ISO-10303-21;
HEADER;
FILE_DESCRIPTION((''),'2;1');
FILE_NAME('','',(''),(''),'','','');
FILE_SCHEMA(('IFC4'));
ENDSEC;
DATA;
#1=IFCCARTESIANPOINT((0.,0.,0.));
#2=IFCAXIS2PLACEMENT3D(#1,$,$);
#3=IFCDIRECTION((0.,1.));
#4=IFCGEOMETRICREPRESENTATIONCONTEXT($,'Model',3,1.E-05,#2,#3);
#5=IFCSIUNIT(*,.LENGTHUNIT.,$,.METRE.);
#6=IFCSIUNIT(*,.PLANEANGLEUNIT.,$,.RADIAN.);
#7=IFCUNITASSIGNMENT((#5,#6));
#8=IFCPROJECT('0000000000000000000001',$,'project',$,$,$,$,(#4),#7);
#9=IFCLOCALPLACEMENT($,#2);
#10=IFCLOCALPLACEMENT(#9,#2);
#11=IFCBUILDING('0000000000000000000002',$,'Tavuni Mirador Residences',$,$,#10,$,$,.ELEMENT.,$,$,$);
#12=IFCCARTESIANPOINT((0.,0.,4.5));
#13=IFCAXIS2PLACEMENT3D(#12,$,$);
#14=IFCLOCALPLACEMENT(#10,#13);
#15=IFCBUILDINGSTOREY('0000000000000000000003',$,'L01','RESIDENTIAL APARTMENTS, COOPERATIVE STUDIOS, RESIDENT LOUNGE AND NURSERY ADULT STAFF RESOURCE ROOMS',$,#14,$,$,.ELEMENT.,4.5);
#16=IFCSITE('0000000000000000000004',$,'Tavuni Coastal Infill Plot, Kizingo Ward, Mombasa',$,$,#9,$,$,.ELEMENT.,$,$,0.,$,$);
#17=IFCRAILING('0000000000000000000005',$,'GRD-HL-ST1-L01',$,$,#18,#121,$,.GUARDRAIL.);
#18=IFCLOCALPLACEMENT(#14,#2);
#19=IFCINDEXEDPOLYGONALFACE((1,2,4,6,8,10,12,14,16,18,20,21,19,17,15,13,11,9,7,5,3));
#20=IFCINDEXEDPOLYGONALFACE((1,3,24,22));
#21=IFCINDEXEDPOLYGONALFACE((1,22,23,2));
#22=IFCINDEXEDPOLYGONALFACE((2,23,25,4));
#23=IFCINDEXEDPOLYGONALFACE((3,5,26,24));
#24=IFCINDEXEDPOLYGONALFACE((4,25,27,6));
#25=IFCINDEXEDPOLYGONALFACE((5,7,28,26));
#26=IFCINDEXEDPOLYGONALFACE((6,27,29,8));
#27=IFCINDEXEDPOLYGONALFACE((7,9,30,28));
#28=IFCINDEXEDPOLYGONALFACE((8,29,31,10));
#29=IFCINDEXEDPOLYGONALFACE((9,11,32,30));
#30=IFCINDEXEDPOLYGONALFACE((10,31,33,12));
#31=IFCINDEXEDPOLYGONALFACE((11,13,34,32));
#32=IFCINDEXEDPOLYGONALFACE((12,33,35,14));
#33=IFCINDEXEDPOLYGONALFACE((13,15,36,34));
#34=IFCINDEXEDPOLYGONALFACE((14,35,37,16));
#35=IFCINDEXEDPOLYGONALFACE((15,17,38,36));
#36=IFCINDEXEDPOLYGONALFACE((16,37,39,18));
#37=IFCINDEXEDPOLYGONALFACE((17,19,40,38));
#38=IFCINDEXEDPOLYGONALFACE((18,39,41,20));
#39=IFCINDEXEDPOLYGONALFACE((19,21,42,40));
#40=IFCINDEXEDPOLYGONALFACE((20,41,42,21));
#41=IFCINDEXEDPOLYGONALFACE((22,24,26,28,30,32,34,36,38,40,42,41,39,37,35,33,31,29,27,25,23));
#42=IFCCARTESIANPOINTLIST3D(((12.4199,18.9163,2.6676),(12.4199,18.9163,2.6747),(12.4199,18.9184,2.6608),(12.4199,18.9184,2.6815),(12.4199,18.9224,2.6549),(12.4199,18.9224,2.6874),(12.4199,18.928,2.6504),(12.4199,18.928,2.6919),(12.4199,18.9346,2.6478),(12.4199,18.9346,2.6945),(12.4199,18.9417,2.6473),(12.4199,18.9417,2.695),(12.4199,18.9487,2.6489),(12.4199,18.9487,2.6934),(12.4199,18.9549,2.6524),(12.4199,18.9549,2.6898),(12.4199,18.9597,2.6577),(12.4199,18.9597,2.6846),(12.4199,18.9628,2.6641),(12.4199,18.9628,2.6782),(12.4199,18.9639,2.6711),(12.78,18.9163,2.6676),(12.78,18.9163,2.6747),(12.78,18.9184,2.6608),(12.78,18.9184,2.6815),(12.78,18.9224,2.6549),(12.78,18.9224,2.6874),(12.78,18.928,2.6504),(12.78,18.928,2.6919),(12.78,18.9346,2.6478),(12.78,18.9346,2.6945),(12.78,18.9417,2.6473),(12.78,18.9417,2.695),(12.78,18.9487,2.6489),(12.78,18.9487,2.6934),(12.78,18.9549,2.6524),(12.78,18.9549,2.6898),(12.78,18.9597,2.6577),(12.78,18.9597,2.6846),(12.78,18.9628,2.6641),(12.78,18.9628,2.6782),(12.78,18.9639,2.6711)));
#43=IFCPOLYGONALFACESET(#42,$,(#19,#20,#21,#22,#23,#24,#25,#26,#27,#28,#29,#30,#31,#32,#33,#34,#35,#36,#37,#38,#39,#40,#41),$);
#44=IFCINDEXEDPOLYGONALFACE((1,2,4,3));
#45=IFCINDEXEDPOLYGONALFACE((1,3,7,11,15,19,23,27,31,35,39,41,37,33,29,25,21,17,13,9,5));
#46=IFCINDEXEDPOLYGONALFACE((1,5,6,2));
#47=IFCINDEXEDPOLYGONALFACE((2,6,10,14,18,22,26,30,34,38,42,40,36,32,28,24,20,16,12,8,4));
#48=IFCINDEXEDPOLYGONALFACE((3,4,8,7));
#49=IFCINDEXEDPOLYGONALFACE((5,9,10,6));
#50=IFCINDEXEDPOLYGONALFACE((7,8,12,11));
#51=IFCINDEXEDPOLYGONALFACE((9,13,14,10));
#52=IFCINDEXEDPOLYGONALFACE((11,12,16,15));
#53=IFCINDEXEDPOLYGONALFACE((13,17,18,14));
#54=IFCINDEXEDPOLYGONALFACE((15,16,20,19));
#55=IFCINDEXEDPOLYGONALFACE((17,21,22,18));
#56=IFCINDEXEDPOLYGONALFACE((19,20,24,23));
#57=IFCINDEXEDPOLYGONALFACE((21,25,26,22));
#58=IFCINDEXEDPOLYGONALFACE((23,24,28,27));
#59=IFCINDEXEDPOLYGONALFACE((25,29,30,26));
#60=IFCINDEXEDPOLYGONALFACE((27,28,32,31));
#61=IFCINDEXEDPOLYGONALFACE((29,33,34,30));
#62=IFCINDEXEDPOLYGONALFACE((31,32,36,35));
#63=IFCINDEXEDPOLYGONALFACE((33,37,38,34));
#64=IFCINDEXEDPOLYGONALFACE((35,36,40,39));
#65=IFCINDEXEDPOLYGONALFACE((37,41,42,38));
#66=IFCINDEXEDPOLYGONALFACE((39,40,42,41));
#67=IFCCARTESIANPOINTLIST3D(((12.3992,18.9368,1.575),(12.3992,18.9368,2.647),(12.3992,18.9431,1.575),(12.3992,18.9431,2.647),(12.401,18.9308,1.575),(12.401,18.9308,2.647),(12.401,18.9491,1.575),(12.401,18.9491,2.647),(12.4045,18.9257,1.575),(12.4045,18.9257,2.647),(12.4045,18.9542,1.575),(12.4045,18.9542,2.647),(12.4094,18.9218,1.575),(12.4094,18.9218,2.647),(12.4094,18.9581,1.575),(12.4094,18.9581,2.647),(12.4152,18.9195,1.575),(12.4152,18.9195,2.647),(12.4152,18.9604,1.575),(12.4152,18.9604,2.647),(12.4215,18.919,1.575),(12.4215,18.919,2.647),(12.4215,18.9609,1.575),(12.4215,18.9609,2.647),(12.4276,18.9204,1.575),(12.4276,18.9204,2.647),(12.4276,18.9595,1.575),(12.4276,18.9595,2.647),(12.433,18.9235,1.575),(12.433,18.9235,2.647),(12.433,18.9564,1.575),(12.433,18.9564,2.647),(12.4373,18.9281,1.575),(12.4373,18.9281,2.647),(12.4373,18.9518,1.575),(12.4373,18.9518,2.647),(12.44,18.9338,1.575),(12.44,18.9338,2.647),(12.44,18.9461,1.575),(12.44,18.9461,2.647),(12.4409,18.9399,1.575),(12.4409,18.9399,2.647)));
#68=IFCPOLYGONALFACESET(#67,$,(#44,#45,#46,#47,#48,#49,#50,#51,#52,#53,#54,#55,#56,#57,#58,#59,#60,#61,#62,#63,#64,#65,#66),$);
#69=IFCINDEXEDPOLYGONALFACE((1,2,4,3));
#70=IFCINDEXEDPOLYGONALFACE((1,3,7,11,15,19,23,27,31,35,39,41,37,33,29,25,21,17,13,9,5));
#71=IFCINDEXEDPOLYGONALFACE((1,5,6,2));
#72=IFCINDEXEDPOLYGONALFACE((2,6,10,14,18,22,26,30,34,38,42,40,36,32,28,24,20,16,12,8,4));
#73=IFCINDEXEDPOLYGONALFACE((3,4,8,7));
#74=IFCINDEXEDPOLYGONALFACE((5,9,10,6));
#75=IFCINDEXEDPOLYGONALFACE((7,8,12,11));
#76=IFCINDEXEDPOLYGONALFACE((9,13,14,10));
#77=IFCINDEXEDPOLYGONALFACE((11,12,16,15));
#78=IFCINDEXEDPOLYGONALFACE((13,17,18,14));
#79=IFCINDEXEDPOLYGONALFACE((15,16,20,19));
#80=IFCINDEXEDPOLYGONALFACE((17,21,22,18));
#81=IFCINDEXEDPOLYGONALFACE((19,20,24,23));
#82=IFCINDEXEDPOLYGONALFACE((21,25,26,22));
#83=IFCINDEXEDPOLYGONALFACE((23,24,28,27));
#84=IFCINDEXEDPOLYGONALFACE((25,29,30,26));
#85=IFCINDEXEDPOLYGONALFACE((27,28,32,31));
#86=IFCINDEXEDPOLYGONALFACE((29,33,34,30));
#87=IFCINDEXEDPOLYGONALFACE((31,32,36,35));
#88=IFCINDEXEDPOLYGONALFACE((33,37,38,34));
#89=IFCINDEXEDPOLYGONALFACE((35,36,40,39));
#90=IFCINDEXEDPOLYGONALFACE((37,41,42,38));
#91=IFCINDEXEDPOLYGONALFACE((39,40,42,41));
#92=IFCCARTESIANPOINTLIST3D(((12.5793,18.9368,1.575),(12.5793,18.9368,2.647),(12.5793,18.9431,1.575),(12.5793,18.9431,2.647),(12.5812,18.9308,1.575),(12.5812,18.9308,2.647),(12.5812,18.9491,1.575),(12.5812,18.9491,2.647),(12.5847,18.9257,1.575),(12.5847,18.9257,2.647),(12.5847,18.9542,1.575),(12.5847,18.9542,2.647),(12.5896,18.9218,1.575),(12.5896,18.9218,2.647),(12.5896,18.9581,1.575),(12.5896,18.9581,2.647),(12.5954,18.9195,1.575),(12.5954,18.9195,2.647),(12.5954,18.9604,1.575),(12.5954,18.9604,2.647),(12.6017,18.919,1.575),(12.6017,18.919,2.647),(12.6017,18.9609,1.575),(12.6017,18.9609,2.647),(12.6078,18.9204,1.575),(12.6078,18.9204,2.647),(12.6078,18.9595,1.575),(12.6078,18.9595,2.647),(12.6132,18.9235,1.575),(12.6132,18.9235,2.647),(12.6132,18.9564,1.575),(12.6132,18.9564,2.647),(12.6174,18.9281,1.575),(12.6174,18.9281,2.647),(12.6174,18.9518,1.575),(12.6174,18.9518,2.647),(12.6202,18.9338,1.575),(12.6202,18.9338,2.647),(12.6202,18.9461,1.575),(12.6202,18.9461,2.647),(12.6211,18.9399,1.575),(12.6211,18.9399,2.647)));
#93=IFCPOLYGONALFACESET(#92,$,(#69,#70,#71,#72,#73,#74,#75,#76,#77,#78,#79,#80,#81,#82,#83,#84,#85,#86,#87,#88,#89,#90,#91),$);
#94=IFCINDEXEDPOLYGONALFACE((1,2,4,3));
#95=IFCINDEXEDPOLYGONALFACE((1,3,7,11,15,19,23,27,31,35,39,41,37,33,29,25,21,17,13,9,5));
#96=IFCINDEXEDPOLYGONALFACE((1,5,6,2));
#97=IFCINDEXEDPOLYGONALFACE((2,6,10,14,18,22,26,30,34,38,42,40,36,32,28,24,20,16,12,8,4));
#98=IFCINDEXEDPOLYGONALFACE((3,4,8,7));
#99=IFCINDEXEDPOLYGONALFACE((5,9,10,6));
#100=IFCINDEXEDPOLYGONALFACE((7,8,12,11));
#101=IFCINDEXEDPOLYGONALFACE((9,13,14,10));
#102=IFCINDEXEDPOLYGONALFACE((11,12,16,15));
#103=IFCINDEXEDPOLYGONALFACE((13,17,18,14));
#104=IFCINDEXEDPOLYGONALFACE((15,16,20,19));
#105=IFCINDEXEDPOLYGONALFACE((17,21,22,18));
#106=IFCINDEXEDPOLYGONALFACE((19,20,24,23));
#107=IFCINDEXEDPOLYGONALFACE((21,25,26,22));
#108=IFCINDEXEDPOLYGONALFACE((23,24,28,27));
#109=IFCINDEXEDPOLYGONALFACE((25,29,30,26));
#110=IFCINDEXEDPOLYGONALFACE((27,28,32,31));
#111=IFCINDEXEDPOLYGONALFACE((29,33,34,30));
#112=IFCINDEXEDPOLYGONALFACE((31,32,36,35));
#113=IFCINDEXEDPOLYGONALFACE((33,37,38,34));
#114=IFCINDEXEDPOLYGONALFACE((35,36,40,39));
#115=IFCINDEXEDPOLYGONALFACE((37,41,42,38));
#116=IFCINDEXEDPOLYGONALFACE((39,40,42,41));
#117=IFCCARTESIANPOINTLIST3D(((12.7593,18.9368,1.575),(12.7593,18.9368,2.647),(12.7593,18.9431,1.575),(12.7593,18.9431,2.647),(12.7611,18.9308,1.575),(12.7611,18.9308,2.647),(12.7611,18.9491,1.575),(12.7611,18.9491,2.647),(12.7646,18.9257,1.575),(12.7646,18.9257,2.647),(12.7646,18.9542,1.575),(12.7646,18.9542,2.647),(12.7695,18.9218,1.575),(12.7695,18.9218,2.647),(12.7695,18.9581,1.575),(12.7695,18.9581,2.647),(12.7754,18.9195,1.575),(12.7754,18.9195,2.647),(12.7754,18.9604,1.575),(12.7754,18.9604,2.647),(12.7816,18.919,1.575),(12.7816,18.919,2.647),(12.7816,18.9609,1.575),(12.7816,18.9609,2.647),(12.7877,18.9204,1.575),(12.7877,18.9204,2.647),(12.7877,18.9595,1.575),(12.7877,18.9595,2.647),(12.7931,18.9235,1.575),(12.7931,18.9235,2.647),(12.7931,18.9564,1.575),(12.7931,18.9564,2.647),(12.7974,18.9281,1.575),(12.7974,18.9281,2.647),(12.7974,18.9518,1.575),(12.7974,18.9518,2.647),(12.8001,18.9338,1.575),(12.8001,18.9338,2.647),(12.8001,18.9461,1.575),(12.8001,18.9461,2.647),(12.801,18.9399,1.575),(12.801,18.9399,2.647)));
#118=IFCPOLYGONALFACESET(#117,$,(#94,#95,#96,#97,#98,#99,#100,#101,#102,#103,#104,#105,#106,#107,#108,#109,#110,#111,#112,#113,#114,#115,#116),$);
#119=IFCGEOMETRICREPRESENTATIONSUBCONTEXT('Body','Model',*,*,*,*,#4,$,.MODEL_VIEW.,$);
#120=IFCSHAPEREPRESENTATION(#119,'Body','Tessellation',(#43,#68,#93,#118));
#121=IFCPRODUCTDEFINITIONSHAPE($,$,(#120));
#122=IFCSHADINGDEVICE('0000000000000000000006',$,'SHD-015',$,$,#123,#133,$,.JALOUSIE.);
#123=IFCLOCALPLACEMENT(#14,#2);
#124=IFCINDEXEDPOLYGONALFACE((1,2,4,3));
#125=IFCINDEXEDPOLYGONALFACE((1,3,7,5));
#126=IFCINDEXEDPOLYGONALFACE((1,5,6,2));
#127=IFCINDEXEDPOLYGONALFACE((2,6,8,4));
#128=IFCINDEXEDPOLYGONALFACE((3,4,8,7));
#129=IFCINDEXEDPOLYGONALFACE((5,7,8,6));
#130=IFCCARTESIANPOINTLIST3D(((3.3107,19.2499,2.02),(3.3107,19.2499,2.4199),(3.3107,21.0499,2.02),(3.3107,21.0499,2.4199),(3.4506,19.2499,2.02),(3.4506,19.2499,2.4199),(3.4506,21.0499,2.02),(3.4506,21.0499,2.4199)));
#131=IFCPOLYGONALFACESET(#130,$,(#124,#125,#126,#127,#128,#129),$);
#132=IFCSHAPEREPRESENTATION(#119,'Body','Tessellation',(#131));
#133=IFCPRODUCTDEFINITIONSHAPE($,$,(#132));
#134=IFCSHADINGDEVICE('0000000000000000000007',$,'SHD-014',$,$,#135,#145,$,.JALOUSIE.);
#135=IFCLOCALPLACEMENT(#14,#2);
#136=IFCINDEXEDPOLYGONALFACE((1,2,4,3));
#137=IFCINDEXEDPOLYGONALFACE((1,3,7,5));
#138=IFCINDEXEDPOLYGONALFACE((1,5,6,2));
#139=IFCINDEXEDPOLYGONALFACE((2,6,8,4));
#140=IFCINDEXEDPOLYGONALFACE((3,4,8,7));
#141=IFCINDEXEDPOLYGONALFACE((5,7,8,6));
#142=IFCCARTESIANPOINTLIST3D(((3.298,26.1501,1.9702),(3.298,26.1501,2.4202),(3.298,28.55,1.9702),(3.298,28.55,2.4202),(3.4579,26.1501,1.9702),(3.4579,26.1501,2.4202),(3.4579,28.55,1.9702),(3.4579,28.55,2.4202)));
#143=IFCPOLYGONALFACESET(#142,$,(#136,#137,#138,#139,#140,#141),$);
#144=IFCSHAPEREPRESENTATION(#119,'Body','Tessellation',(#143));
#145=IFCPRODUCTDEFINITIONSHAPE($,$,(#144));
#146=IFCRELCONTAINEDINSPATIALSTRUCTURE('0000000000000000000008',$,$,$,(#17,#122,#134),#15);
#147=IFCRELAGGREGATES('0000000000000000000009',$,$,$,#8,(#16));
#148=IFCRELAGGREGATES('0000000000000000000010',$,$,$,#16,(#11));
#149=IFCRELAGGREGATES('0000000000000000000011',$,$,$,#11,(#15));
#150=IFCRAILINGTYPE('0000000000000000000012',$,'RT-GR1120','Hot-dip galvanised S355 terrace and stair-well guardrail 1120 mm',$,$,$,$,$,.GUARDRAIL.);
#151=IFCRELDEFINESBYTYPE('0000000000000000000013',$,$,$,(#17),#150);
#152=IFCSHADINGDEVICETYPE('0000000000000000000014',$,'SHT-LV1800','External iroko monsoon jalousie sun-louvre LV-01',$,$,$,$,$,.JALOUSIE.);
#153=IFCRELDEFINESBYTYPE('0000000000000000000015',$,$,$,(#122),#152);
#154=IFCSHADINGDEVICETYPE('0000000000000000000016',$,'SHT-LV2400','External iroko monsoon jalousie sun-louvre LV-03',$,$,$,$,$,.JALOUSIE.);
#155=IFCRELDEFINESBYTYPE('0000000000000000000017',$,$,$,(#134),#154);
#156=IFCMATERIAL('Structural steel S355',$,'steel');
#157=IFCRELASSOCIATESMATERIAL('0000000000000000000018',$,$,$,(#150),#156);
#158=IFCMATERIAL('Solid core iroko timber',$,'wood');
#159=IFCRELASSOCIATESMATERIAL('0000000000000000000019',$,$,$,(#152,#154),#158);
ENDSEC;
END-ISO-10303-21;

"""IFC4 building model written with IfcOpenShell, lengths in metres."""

from ifc_helpers import new_model, si_unit, direction, frame, origin, origin_2d, place, context, subcontext, project, spatial, rectangle, circle, extrude, material, type_object, element, save


model = new_model("IFC4")

# Units and contexts
model_context = context("Model", 3, precision=1e-05, world=origin(), true_north=direction((0.0, 1.0)))
body_context = subcontext(model_context, "Body", "Model", "MODEL_VIEW")
ifc_project = project(units=[si_unit("LENGTHUNIT", "METRE"), si_unit("PLANEANGLEUNIT", "RADIAN")], contexts=[model_context])

# Site, building, storey
site_placement = place(None, origin())
site = spatial("IfcSite", under=ifc_project, at=site_placement, Name="Tavuni Coastal Infill Plot, Kizingo Ward, Mombasa", CompositionType="ELEMENT", RefElevation=0.0)
building_placement = place(site_placement, origin())
building = spatial("IfcBuilding", under=site, at=building_placement, Name="Tavuni Mirador Residences", CompositionType="ELEMENT")
storey_placement = place(building_placement, frame((0.0, 0.0, 4.5)))
storey = spatial("IfcBuildingStorey", under=building, at=storey_placement, Name="L01", Description="RESIDENTIAL APARTMENTS, COOPERATIVE STUDIOS, RESIDENT LOUNGE AND NURSERY ADULT STAFF RESOURCE ROOMS", CompositionType="ELEMENT", Elevation=4.5)

# Shared definitions
ifc_material_1 = material(Name="Solid core iroko timber", Category="wood")

# Railing
ifc_material_2 = material(Name="Structural steel S355", Category="steel")
railing_type = type_object("IfcRailingType", Name="RT-GR1120", Description="Hot-dip galvanised S355 terrace and stair-well guardrail 1120 mm", PredefinedType="GUARDRAIL", material=ifc_material_2)
railing_placement = place(storey_placement, frame((12.4199, 18.9399, 1.575)))
element("IfcRailing", 1, at=railing_placement, inside=storey, type_object=railing_type, Name="GRD-HL-ST1-L01", PredefinedType="GUARDRAIL", context=body_context, shape_type="SweptSolid", body=[
    extrude(circle(Radius=0.0239, at=origin_2d()), frame((0.0, 0.0, 1.0962), z_axis=(1.0, 0.0, 0.0), x_axis=(0.0, 1.0, 0.0)), (0.0, 0.0, 1.0), 0.3601),
    extrude(circle(Radius=0.021, at=origin_2d()), origin(), (0.0, 0.0, 1.0), 1.072),
    extrude(circle(Radius=0.021, at=origin_2d()), frame((0.1802, 0.0, 0.0)), (0.0, 0.0, 1.0), 1.072),
    extrude(circle(Radius=0.021, at=origin_2d()), frame((0.3601, 0.0, 0.0)), (0.0, 0.0, 1.0), 1.072),
])

# Shading devices
shading_device_type_1 = type_object("IfcShadingDeviceType", Name="SHT-LV1800", Description="External iroko monsoon jalousie sun-louvre LV-01", PredefinedType="JALOUSIE", material=ifc_material_1)
shading_device_1_placement = place(storey_placement, frame((3.3806, 20.1499, 2.02), z_axis=(0.0, 0.0, 1.0), x_axis=(0.0, -1.0, 0.0)))
element("IfcShadingDevice", 2, at=shading_device_1_placement, inside=storey, type_object=shading_device_type_1, Name="SHD-015", PredefinedType="JALOUSIE", context=body_context, shape_type="SweptSolid", body=[
    extrude(rectangle(XDim=1.8, YDim=0.1399, at=origin_2d()), origin(), (0.0, 0.0, 1.0), 0.3999),
])
shading_device_type_2 = type_object("IfcShadingDeviceType", Name="SHT-LV2400", Description="External iroko monsoon jalousie sun-louvre LV-03", PredefinedType="JALOUSIE", material=ifc_material_1)
shading_device_2_placement = place(storey_placement, frame((3.3779, 27.3501, 1.9702), z_axis=(0.0, 0.0, 1.0), x_axis=(0.0, -1.0, 0.0)))
element("IfcShadingDevice", 3, at=shading_device_2_placement, inside=storey, type_object=shading_device_type_2, Name="SHD-014", PredefinedType="JALOUSIE", context=body_context, shape_type="SweptSolid", body=[
    extrude(rectangle(XDim=2.3999, YDim=0.1599, at=origin_2d()), origin(), (0.0, 0.0, 1.0), 0.45),
])

save(model, "model.ifc")
